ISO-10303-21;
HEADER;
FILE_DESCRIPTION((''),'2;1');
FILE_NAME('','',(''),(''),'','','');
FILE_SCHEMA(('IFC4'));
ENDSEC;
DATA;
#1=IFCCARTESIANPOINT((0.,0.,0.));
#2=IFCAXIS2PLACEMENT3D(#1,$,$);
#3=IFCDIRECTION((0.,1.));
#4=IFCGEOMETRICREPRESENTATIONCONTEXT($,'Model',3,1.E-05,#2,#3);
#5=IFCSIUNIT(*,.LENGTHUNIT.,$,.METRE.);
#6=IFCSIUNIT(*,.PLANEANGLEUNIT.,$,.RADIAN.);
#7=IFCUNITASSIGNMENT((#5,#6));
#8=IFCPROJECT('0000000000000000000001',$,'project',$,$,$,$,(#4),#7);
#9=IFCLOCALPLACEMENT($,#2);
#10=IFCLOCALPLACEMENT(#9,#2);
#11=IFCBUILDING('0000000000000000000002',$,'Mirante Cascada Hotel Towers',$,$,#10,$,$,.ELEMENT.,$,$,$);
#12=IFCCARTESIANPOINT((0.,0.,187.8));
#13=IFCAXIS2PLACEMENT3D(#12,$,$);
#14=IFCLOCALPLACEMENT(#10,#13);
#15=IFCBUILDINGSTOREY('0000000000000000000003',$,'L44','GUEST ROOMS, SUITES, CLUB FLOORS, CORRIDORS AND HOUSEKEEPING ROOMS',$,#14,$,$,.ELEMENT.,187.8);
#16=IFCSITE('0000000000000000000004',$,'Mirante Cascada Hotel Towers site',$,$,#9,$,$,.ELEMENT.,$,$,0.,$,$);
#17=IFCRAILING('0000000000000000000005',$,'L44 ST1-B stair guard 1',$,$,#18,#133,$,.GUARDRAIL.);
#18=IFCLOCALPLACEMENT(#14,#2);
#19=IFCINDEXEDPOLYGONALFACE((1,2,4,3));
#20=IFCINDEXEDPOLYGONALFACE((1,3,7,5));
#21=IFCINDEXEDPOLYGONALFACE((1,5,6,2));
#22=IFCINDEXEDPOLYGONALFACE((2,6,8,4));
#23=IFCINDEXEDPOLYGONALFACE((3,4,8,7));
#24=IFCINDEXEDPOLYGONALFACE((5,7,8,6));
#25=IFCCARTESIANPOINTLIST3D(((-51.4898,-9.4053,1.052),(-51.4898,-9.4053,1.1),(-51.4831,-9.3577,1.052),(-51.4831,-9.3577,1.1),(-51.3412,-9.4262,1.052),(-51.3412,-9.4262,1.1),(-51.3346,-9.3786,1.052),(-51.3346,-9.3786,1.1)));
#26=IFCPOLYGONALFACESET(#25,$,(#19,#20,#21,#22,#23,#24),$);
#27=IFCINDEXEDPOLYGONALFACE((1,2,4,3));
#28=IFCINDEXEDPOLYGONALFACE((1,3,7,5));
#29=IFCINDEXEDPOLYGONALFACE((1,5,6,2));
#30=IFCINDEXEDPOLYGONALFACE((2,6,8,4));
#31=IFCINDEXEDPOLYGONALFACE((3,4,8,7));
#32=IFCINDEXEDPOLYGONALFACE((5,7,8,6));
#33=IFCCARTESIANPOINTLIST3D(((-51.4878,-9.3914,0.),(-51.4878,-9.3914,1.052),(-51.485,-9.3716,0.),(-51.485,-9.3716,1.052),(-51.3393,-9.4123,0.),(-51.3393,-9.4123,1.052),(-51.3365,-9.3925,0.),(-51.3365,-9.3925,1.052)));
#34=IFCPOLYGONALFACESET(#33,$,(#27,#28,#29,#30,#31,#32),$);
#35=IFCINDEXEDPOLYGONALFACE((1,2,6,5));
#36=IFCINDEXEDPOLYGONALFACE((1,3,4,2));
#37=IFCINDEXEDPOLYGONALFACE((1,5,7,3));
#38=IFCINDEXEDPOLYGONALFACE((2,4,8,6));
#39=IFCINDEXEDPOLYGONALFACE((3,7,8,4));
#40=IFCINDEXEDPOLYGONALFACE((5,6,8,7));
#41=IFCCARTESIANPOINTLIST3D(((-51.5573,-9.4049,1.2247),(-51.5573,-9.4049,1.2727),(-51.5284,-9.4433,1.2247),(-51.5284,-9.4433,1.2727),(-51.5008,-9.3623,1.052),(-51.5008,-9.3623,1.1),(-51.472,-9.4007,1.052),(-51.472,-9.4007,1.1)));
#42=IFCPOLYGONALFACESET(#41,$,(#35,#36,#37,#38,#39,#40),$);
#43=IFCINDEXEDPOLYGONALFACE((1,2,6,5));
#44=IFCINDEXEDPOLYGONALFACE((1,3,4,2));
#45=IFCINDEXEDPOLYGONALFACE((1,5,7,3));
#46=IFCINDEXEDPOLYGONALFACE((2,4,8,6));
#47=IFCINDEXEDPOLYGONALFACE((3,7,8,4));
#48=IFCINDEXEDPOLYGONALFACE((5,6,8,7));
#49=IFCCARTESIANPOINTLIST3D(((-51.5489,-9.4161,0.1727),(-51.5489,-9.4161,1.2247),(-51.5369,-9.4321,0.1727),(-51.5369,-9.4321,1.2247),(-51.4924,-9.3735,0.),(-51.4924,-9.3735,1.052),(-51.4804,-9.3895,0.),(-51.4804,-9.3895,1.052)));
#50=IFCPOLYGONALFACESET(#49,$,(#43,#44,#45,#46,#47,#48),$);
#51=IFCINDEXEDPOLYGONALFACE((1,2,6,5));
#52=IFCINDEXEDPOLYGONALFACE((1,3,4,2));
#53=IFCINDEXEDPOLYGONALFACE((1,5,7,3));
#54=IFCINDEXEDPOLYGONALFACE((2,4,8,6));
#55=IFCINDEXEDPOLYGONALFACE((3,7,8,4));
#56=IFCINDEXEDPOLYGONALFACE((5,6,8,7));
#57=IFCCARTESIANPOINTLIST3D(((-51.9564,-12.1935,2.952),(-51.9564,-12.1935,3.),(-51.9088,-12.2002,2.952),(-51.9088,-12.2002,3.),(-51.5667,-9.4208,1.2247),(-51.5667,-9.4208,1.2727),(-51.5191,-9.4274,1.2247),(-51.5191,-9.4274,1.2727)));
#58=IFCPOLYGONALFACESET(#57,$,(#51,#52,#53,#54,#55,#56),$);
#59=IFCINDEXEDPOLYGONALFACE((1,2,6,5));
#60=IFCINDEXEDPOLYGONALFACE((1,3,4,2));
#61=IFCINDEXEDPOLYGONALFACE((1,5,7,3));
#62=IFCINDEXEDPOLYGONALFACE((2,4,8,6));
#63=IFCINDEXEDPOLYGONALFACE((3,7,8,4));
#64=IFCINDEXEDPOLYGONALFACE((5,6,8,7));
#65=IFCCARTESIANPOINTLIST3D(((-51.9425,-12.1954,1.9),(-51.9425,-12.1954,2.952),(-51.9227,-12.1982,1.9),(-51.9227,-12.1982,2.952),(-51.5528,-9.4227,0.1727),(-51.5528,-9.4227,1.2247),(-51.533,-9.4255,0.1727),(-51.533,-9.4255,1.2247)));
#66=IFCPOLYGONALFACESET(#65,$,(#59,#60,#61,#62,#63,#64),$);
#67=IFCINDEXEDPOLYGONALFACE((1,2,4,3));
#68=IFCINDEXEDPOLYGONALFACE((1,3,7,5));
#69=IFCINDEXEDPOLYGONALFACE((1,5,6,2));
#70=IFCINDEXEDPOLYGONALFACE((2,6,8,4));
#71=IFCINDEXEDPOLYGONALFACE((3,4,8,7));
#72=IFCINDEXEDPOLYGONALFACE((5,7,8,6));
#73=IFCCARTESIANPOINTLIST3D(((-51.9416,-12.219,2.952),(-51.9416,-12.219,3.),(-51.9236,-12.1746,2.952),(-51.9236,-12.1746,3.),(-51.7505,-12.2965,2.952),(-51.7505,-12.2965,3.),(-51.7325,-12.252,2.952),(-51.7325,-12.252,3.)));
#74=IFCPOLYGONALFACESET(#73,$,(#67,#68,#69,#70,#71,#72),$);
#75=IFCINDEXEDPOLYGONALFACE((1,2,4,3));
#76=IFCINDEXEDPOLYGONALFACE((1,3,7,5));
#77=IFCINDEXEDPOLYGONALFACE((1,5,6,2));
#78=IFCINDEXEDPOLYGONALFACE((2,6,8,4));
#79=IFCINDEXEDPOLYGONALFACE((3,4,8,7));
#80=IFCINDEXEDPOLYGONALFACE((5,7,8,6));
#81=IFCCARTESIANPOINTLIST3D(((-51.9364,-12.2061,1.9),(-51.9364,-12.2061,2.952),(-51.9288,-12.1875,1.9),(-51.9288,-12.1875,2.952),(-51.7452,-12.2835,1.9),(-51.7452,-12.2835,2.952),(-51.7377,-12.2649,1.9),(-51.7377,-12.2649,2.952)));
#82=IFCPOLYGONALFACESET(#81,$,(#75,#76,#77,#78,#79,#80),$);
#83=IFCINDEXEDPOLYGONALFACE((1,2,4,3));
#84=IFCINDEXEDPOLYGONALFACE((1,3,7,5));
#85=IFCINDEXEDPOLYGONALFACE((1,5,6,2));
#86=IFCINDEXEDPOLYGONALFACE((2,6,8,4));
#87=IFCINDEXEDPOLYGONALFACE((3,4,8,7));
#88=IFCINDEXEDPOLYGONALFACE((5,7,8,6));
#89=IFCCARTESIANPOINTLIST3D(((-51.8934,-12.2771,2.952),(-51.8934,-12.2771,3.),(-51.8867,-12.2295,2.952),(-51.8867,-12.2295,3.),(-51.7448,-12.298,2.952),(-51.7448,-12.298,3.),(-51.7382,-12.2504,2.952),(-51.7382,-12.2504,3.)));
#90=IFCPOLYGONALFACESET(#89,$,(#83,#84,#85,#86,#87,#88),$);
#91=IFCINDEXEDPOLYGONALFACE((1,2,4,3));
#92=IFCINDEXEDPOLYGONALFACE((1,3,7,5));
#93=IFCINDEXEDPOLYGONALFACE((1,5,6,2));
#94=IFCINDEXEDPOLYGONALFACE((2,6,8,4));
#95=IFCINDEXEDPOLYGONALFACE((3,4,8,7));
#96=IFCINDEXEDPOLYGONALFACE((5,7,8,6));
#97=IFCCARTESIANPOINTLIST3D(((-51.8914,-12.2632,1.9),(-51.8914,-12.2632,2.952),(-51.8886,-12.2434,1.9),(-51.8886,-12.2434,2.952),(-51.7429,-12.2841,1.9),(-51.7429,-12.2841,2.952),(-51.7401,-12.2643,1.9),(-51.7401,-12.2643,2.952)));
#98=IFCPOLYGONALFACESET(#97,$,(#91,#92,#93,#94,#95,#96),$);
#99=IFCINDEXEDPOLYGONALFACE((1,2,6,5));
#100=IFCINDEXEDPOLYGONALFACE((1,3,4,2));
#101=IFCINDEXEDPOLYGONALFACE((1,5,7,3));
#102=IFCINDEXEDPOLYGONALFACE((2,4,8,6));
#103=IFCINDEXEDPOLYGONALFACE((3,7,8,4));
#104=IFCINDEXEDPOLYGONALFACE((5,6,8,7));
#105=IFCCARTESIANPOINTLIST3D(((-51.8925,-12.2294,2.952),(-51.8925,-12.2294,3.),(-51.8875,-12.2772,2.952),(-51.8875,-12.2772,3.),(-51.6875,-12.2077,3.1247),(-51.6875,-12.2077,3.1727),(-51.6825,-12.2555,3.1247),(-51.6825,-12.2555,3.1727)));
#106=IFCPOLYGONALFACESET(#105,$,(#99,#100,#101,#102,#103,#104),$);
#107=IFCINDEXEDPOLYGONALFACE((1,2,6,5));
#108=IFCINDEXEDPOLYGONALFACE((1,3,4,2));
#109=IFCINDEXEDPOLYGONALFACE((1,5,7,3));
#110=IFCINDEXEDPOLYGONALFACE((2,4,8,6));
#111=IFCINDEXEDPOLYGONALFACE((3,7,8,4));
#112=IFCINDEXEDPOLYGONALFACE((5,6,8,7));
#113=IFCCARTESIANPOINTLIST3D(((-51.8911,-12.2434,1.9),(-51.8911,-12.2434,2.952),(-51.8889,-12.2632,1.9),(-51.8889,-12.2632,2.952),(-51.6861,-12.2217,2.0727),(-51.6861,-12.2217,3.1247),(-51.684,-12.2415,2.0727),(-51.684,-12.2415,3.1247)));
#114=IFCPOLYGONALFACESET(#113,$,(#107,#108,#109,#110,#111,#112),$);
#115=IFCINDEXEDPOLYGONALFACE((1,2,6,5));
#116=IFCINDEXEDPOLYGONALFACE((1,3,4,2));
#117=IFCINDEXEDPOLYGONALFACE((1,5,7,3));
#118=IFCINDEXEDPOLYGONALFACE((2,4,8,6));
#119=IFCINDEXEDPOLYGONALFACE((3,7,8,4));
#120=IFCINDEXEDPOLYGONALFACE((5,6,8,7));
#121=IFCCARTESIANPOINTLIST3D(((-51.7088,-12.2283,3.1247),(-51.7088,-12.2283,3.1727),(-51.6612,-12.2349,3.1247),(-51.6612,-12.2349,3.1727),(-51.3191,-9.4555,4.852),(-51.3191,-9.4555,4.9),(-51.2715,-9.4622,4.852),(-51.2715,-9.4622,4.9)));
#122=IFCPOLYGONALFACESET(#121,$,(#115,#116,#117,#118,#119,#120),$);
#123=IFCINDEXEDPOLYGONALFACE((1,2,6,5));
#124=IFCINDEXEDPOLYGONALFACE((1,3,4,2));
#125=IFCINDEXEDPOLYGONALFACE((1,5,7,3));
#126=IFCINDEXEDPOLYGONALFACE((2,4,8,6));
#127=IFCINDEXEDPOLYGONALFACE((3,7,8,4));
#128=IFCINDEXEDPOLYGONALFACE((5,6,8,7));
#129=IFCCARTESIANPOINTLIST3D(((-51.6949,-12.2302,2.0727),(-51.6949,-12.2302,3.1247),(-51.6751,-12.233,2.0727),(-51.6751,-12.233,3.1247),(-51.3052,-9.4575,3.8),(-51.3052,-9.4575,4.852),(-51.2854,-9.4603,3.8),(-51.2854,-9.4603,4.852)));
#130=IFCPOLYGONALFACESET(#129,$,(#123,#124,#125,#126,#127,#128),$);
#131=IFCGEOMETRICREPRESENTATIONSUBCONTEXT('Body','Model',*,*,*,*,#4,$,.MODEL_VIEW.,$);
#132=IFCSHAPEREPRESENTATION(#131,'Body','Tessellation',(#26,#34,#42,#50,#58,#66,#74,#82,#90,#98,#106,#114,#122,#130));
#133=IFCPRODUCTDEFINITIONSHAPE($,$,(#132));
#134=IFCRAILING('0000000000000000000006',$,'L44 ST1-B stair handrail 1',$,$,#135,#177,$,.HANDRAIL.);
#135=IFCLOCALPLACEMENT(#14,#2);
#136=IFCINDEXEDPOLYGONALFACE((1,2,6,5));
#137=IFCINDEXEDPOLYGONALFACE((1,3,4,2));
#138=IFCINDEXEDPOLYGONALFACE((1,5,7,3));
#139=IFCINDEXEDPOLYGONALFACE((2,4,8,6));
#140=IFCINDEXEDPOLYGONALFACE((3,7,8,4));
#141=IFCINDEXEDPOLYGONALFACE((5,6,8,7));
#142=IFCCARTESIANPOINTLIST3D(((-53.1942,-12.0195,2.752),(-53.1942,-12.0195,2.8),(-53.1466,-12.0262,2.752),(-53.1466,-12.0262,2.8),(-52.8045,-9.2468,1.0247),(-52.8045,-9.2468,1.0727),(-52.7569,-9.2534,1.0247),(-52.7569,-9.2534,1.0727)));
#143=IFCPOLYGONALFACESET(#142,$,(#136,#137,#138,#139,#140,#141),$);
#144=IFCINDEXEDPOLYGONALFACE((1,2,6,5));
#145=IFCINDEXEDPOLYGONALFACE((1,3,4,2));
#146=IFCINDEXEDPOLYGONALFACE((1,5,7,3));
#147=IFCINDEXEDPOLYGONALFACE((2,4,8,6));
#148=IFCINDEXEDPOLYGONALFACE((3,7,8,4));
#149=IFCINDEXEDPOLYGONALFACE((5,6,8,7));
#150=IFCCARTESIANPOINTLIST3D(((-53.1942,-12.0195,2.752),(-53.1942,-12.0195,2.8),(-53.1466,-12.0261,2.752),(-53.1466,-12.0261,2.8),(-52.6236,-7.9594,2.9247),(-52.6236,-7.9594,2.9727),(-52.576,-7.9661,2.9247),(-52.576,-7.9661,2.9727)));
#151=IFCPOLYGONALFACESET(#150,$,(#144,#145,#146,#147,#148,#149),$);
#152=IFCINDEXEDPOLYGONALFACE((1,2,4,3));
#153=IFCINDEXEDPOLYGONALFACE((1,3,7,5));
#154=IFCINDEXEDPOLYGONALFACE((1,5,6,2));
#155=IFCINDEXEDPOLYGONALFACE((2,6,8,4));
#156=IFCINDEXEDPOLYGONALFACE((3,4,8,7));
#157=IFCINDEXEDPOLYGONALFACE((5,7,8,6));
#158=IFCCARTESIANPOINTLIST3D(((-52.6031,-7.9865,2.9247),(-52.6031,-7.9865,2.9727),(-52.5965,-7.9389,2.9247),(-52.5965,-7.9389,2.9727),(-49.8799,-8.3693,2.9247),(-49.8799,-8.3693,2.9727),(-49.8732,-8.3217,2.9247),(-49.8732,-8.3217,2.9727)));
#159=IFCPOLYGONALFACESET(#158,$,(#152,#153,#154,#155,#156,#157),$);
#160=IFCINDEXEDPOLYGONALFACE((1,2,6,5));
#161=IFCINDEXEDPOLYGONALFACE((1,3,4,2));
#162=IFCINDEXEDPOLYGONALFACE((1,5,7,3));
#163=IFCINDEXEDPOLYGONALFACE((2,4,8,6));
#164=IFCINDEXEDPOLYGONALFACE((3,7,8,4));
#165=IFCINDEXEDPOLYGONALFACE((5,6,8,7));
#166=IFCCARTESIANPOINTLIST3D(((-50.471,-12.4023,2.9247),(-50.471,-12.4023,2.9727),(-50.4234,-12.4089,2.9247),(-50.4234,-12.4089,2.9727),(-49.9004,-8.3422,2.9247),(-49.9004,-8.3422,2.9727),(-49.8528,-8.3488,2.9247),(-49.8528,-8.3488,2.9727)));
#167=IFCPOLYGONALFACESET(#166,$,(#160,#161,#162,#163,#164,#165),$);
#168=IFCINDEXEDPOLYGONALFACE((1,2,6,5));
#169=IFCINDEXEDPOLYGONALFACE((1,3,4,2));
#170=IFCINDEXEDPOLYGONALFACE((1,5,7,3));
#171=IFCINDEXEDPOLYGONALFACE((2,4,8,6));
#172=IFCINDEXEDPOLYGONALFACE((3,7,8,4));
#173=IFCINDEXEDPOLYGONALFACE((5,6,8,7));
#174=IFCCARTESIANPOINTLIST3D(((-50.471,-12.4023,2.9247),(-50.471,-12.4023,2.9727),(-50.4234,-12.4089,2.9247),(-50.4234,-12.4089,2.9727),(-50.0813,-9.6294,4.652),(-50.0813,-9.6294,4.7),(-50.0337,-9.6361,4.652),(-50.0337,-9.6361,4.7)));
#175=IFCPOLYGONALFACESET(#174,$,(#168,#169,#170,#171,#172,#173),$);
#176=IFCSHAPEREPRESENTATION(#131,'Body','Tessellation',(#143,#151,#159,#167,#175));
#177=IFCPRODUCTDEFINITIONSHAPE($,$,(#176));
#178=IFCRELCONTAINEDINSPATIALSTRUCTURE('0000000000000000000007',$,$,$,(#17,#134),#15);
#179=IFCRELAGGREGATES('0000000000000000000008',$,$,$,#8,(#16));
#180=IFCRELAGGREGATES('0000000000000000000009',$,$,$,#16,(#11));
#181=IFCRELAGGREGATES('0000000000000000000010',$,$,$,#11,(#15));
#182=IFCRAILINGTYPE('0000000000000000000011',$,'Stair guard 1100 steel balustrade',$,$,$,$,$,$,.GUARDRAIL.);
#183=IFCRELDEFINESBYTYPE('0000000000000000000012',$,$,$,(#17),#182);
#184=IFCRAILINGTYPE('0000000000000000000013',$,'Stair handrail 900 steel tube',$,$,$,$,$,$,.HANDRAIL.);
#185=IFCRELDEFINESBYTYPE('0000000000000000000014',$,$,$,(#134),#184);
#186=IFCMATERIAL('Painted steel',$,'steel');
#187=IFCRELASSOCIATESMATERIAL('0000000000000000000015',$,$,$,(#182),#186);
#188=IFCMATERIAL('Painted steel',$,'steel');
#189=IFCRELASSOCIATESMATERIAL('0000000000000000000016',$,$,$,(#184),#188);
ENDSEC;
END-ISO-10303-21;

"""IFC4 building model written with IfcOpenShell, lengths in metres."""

from ifc_helpers import new_model, si_unit, direction, frame, origin, origin_2d, place, context, subcontext, project, spatial, rectangle, extrude, material, type_object, element, save


model = new_model("IFC4")

# Units and contexts
model_context = context("Model", 3, precision=1e-05, world=origin(), true_north=direction((0.0, 1.0)))
body_context = subcontext(model_context, "Body", "Model", "MODEL_VIEW")
ifc_project = project(units=[si_unit("LENGTHUNIT", "METRE"), si_unit("PLANEANGLEUNIT", "RADIAN")], contexts=[model_context])

# Site, building, storey
site_placement = place(None, origin())
site = spatial("IfcSite", under=ifc_project, at=site_placement, Name="Mirante Cascada Hotel Towers site", CompositionType="ELEMENT", RefElevation=0.0)
building_placement = place(site_placement, origin())
building = spatial("IfcBuilding", under=site, at=building_placement, Name="Mirante Cascada Hotel Towers", CompositionType="ELEMENT")
storey_placement = place(building_placement, frame((0.0, 0.0, 187.8)))
storey = spatial("IfcBuildingStorey", under=building, at=storey_placement, Name="L44", Description="GUEST ROOMS, SUITES, CLUB FLOORS, CORRIDORS AND HOUSEKEEPING ROOMS", CompositionType="ELEMENT", Elevation=187.8)

# Railings
ifc_material_1 = material(Name="Painted steel", Category="steel")
railing_type_1 = type_object("IfcRailingType", Name="Stair guard 1100 steel balustrade", PredefinedType="GUARDRAIL", material=ifc_material_1)
railing_1_placement = place(storey_placement, frame((-51.3379, -9.4024, 0.0)))
element("IfcRailing", 1, at=railing_1_placement, inside=storey, type_object=railing_type_1, Name="L44 ST1-B stair guard 1", PredefinedType="GUARDRAIL", context=body_context, shape_type="SweptSolid", body=[
    extrude(rectangle(XDim=0.048, YDim=0.048, at=origin_2d()), frame((0.0, 0.0, 1.076), z_axis=(-0.990241, 0.139367, 0.0), x_axis=(-0.139367, -0.990241, 0.0)), (0.0, 0.0, 1.0), 0.15),
    extrude(rectangle(XDim=0.02, YDim=1.052, at=origin_2d()), frame((0.0, 0.0, 0.526), z_axis=(-0.990241, 0.139367, 0.0), x_axis=(-0.139367, -0.990241, 0.0)), (0.0, 0.0, 1.0), 0.15),
    extrude(rectangle(XDim=0.048, YDim=0.048, at=origin_2d()), frame((-0.1485, 0.0209, 1.076), z_axis=(-0.798471, -0.602033, 0.0), x_axis=(0.602033, -0.798471, 0.0)), (0.0, 0.92534, 0.379139), 0.1866),
    extrude(rectangle(XDim=0.02, YDim=1.052, at=origin_2d()), frame((-0.1485, 0.0209, 0.526), z_axis=(-0.798471, -0.602033, 0.0), x_axis=(0.602033, -0.798471, 0.0)), (0.0, 0.92534, 0.379139), 0.1866),
    extrude(rectangle(XDim=0.048, YDim=0.048, at=origin_2d()), frame((-0.205, -0.0217, 1.2487), z_axis=(-0.139181, -0.990267, 0.0), x_axis=(0.990267, -0.139181, 0.0)), (0.0, 0.525035, 0.851081), 3.2899),
    extrude(rectangle(XDim=0.02, YDim=1.052, at=origin_2d()), frame((-0.205, -0.0217, 0.6987), z_axis=(-0.139181, -0.990267, 0.0), x_axis=(0.990267, -0.139181, 0.0)), (0.0, 0.525035, 0.851081), 3.2899),
    extrude(rectangle(XDim=0.048, YDim=0.048, at=origin_2d()), frame((-0.5947, -2.7944, 2.976), z_axis=(0.926862, -0.375401, 0.0), x_axis=(0.375401, 0.926862, 0.0)), (0.0, 0.0, 1.0), 0.2062),
    extrude(rectangle(XDim=0.02, YDim=1.052, at=origin_2d()), frame((-0.5947, -2.7944, 2.426), z_axis=(0.926862, -0.375401, 0.0), x_axis=(0.375401, 0.926862, 0.0)), (0.0, 0.0, 1.0), 0.2062),
    extrude(rectangle(XDim=0.048, YDim=0.048, at=origin_2d()), frame((-0.4036, -2.8718, 2.976), z_axis=(-0.990241, 0.139367, 0.0), x_axis=(-0.139367, -0.990241, 0.0)), (0.0, 0.0, 1.0), 0.15),
    extrude(rectangle(XDim=0.02, YDim=1.052, at=origin_2d()), frame((-0.4036, -2.8718, 2.426), z_axis=(-0.990241, 0.139367, 0.0), x_axis=(-0.139367, -0.990241, 0.0)), (0.0, 0.0, 1.0), 0.15),
    extrude(rectangle(XDim=0.048, YDim=0.048, at=origin_2d()), frame((-0.5521, -2.8509, 2.976), z_axis=(0.994444, 0.105266, 0.0), x_axis=(-0.105266, 0.994444, 0.0)), (0.0, 0.642184, 0.76655), 0.2689),
    extrude(rectangle(XDim=0.02, YDim=1.052, at=origin_2d()), frame((-0.5521, -2.8509, 2.426), z_axis=(0.994444, 0.105266, 0.0), x_axis=(-0.105266, 0.994444, 0.0)), (0.0, 0.642184, 0.76655), 0.2689),
    extrude(rectangle(XDim=0.048, YDim=0.048, at=origin_2d()), frame((-0.3471, -2.8292, 3.1487), z_axis=(0.139181, 0.990267, 0.0), x_axis=(-0.990267, 0.139181, 0.0)), (0.0, 0.525035, 0.851081), 3.2899),
    extrude(rectangle(XDim=0.02, YDim=1.052, at=origin_2d()), frame((-0.3471, -2.8292, 2.5987), z_axis=(0.139181, 0.990267, 0.0), x_axis=(-0.990267, 0.139181, 0.0)), (0.0, 0.525035, 0.851081), 3.2899),
])
ifc_material_2 = material(Name="Painted steel", Category="steel")
railing_type_2 = type_object("IfcRailingType", Name="Stair handrail 900 steel tube", PredefinedType="HANDRAIL", material=ifc_material_2)
railing_2_placement = place(storey_placement, frame((-52.7807, -9.2501, 0.1727)))
element("IfcRailing", 2, at=railing_2_placement, inside=storey, type_object=railing_type_2, Name="L44 ST1-B stair handrail 1", PredefinedType="HANDRAIL", context=body_context, shape_type="SweptSolid", body=[
    extrude(rectangle(XDim=0.048, YDim=0.048, at=origin_2d()), frame((0.0, 0.0, 0.876), z_axis=(-0.139181, -0.990267, 0.0), x_axis=(0.990267, -0.139181, 0.0)), (0.0, 0.525035, 0.851081), 3.2899),
    extrude(rectangle(XDim=0.048, YDim=0.048, at=origin_2d()), frame((-0.3897, -2.7727, 2.6033), z_axis=(0.139171, 0.990268, 0.0), x_axis=(-0.990268, 0.139171, 0.0)), (0.0, 0.042085, 0.999114), 4.1036),
    extrude(rectangle(XDim=0.048, YDim=0.048, at=origin_2d()), frame((0.1809, 1.2874, 2.776), z_axis=(0.990264, -0.139201, 0.0), x_axis=(0.139201, 0.990264, 0.0)), (0.0, 0.0, 1.0), 2.75),
    extrude(rectangle(XDim=0.048, YDim=0.048, at=origin_2d()), frame((2.9041, 0.9046, 2.776), z_axis=(-0.139171, -0.990268, 0.0), x_axis=(0.990268, -0.139171, 0.0)), (0.0, 0.0, 1.0), 4.1),
    extrude(rectangle(XDim=0.048, YDim=0.048, at=origin_2d()), frame((2.3335, -3.1555, 2.776), z_axis=(0.139176, 0.990268, 0.0), x_axis=(-0.990268, 0.139176, 0.0)), (0.0, 0.525021, 0.851089), 3.29),
])

save(model, "model.ifc")
